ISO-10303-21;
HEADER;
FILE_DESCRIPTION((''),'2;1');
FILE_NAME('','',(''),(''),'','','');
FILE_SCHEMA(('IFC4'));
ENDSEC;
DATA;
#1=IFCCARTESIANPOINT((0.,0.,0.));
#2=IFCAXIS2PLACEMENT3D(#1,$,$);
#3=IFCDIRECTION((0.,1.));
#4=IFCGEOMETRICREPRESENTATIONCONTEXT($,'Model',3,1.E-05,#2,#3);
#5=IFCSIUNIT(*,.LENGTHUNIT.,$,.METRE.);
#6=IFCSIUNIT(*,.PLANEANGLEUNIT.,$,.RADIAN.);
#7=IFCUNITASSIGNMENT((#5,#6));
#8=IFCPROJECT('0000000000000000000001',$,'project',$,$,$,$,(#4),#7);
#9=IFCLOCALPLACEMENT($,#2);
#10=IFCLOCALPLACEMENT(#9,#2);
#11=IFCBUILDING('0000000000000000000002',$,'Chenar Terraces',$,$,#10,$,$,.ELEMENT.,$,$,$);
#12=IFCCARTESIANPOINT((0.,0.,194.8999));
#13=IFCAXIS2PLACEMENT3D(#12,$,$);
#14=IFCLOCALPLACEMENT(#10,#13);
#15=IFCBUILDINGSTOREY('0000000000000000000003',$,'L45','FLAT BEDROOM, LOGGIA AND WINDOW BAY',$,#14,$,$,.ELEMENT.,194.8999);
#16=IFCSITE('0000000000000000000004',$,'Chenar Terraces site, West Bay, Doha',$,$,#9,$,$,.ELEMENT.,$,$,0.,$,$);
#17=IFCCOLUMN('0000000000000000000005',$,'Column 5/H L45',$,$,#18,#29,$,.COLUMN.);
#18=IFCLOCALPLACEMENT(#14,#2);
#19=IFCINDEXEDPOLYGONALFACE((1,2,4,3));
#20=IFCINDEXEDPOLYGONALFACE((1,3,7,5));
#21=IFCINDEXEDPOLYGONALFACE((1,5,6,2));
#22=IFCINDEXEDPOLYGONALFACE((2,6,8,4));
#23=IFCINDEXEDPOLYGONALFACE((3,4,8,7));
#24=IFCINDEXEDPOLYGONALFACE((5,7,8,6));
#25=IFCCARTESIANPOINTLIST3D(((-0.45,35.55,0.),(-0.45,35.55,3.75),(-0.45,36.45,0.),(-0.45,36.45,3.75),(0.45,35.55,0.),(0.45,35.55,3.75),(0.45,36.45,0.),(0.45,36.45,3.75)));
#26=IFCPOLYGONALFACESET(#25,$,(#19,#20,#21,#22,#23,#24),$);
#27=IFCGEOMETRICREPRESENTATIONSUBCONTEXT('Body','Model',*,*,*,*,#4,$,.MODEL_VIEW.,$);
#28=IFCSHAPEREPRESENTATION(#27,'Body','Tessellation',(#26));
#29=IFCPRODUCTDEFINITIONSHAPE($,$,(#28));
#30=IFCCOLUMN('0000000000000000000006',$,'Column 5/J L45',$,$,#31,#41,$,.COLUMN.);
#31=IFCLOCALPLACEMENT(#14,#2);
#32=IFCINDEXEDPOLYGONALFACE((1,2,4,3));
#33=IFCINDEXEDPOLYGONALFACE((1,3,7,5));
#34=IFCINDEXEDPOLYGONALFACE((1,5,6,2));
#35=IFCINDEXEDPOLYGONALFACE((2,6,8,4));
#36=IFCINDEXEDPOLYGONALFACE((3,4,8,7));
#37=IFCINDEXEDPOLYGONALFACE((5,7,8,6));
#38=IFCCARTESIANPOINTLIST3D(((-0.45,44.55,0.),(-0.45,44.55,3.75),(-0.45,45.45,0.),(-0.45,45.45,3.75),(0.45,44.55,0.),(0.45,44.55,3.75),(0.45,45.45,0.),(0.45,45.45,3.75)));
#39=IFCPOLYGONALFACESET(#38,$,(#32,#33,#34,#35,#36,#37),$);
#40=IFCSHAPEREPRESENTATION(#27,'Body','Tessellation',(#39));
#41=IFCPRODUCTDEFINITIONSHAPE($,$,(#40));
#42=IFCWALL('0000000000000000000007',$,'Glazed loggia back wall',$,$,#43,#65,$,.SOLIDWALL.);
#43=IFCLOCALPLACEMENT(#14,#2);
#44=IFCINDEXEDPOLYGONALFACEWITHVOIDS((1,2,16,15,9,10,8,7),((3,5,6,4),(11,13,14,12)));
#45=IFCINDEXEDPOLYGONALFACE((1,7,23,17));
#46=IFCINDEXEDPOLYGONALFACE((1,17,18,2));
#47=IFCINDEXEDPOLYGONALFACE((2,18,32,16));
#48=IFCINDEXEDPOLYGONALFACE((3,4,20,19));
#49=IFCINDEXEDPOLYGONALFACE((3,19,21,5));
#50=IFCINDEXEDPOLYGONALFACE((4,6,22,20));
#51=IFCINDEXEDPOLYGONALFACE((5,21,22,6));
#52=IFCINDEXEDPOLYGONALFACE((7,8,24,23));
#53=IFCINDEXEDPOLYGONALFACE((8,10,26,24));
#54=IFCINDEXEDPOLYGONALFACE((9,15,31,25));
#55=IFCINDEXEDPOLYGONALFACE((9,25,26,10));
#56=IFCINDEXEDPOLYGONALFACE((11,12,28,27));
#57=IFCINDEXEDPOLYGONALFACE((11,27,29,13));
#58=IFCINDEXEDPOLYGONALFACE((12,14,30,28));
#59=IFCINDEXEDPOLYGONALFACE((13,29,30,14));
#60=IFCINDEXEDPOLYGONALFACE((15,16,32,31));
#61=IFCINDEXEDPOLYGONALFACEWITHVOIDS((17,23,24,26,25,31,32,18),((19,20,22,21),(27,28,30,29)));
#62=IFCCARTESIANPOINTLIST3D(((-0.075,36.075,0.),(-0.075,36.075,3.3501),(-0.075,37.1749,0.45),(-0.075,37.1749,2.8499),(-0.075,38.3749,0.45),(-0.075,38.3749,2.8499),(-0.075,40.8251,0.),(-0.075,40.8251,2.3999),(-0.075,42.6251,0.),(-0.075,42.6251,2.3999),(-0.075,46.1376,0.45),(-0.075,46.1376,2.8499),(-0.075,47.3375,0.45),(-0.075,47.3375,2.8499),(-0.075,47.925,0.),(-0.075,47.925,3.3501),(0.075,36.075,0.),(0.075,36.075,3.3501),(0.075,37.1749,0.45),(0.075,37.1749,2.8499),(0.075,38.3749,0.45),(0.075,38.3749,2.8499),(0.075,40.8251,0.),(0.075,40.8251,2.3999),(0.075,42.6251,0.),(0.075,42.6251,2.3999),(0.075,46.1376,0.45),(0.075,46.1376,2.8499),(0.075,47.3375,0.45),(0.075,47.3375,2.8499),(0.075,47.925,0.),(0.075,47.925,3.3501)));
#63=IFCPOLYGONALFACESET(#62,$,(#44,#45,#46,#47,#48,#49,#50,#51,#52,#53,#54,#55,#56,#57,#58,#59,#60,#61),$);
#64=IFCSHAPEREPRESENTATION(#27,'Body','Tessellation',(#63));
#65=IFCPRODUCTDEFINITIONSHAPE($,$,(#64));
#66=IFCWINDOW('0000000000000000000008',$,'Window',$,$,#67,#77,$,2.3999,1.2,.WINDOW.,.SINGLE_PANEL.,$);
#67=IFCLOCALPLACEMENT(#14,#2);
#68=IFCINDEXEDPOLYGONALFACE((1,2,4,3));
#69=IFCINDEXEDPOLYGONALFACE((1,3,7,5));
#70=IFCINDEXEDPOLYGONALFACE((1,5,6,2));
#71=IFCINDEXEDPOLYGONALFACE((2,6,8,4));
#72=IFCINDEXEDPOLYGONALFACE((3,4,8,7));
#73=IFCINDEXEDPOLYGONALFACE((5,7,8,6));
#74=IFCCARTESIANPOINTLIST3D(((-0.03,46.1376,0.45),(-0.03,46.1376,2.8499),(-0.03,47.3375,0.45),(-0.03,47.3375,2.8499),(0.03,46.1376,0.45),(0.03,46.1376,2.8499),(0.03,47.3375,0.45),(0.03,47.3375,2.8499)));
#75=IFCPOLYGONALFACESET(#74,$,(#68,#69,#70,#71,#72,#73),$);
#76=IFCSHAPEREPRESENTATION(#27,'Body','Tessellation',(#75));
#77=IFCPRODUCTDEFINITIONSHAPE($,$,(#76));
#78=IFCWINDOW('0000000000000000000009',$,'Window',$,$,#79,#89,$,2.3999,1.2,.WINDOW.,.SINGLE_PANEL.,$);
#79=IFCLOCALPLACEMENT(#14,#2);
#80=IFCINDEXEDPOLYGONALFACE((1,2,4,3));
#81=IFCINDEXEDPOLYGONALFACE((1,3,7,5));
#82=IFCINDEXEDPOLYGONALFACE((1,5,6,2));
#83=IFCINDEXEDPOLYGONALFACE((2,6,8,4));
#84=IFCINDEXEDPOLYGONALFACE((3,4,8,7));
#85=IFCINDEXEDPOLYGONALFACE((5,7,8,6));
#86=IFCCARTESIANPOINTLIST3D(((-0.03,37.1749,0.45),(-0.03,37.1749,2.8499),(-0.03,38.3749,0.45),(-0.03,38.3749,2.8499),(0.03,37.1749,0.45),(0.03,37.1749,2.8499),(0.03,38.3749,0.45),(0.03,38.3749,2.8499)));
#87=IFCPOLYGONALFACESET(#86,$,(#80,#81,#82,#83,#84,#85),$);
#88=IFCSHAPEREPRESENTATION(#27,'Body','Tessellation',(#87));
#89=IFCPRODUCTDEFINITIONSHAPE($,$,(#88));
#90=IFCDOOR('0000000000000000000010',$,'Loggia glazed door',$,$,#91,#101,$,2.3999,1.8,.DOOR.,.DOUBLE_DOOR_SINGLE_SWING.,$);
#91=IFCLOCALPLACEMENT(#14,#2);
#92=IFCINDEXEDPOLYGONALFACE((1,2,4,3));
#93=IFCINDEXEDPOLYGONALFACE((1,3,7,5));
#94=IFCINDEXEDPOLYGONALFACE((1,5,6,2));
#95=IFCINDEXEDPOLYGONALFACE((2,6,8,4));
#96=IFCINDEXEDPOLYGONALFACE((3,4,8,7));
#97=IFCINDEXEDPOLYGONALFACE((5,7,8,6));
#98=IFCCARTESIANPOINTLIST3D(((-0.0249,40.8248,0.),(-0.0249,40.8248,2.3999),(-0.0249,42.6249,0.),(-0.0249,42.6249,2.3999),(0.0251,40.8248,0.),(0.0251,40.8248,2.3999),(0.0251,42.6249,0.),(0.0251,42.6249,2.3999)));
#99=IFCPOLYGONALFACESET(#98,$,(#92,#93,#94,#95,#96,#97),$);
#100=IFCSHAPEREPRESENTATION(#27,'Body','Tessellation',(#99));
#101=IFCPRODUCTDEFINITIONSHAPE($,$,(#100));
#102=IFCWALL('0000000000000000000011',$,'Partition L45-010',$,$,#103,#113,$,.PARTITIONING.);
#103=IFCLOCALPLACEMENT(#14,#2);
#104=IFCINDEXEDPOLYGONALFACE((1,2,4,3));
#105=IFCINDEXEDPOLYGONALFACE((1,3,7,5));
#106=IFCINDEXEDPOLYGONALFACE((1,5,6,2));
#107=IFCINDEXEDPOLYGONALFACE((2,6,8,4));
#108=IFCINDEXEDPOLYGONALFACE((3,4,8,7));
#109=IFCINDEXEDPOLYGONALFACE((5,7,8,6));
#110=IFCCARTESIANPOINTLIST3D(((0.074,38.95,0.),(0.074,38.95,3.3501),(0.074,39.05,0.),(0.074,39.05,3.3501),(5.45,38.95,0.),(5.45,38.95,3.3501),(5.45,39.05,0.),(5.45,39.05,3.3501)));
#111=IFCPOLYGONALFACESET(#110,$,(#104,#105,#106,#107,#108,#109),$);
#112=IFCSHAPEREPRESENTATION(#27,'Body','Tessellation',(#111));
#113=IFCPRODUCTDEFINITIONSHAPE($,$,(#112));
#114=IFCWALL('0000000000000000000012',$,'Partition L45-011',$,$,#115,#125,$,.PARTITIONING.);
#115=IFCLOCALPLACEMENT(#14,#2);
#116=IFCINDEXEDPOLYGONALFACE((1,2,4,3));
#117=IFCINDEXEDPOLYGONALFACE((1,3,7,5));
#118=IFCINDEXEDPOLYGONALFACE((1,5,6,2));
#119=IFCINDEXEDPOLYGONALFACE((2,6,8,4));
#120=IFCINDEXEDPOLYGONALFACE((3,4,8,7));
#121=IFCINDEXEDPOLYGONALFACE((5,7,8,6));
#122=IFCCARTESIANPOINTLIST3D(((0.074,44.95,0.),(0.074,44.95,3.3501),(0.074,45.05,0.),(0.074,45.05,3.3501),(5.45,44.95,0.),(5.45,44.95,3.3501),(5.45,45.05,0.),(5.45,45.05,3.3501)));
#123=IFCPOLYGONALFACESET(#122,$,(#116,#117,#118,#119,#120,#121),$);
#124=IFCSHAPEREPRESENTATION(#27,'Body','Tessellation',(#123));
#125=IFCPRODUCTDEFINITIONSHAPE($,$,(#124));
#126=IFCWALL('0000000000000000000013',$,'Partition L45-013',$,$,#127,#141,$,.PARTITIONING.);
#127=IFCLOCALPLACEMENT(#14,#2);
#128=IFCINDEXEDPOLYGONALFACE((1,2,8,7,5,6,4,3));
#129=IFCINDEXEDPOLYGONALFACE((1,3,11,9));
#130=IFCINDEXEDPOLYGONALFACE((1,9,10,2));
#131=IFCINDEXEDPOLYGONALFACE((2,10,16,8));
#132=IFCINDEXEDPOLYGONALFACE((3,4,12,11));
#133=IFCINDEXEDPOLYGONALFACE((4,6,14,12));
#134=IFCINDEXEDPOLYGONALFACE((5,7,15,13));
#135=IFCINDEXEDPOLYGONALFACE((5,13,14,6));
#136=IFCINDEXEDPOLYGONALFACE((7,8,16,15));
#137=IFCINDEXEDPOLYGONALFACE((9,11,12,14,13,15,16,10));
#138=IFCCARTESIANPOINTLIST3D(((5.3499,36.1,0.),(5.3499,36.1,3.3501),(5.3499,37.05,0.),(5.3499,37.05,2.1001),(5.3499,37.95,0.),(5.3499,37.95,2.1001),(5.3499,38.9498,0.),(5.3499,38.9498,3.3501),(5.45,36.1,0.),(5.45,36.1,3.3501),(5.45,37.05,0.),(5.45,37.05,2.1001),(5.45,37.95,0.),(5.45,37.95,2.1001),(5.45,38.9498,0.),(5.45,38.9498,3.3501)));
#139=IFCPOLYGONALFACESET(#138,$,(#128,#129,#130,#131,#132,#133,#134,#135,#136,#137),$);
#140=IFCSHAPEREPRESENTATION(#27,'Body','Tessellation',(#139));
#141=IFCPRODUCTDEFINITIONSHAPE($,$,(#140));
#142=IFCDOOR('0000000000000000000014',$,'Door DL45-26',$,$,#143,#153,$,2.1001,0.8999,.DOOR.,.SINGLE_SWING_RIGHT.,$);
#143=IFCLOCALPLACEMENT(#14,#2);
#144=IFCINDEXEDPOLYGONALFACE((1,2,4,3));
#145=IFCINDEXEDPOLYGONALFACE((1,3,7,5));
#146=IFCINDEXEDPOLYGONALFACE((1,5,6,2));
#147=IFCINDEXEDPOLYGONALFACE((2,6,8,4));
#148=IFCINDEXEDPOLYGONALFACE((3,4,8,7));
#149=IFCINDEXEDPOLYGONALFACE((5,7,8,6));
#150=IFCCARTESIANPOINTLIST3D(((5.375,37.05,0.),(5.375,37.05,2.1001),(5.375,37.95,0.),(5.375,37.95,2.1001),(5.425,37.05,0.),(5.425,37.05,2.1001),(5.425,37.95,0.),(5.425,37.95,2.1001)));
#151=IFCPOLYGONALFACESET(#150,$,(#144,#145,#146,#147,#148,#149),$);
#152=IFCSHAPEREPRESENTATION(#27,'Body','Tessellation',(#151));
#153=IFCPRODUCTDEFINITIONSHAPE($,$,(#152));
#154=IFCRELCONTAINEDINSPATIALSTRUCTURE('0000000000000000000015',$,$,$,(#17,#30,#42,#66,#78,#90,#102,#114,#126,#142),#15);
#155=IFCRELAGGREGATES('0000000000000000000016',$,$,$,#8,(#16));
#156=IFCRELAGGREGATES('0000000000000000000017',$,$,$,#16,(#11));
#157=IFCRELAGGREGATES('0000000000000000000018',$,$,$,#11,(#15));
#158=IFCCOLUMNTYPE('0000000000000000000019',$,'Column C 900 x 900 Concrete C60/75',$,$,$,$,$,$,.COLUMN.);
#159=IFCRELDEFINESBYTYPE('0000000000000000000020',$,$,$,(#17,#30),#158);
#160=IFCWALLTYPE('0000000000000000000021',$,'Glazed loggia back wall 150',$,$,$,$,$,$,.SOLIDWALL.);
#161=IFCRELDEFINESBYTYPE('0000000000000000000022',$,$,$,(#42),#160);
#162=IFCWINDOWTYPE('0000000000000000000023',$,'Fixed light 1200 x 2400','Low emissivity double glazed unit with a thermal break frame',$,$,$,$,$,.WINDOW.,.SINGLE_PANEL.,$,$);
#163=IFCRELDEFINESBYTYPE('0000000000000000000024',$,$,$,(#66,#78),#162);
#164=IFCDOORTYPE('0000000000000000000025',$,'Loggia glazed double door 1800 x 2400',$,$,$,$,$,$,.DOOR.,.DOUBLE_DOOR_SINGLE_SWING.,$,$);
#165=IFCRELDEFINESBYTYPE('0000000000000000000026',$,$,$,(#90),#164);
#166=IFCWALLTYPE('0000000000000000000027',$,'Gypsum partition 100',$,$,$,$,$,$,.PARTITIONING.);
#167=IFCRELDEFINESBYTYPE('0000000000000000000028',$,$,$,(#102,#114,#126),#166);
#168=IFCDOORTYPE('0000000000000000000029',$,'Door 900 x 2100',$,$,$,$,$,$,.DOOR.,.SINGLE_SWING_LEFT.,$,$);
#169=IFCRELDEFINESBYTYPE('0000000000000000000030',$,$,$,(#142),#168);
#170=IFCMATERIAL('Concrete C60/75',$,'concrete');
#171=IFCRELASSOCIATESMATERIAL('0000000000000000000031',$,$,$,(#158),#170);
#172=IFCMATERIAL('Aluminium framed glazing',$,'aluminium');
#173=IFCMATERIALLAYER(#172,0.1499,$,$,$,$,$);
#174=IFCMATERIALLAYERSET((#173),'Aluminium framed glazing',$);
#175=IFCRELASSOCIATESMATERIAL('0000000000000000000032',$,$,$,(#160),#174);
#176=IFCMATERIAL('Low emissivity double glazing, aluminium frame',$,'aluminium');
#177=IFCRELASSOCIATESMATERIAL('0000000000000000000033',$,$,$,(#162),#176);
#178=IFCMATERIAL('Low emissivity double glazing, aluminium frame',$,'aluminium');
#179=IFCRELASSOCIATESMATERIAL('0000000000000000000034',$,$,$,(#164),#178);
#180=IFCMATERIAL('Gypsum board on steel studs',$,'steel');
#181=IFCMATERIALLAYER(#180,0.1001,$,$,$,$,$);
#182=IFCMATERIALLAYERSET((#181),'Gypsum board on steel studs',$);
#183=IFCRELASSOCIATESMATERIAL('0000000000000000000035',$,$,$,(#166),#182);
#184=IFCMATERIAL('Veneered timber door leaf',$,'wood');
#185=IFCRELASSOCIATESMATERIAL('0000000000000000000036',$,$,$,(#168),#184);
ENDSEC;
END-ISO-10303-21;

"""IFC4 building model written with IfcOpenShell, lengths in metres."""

from ifc_helpers import new_model, si_unit, direction, frame, frame_2d, origin, origin_2d, place, context, subcontext, project, spatial, rectangle, extrude, material, layer, layer_set, material_profile, profile_set, type_object, element, fill, save


model = new_model("IFC4")

# Units and contexts
model_context = context("Model", 3, precision=1e-05, world=origin(), true_north=direction((0.0, 1.0)))
body_context = subcontext(model_context, "Body", "Model", "MODEL_VIEW")
ifc_project = project(units=[si_unit("LENGTHUNIT", "METRE"), si_unit("PLANEANGLEUNIT", "RADIAN")], contexts=[model_context])

# Site, building, storey
site_placement = place(None, origin())
site = spatial("IfcSite", under=ifc_project, at=site_placement, Name="Chenar Terraces site, West Bay, Doha", CompositionType="ELEMENT", RefElevation=0.0)
building_placement = place(site_placement, origin())
building = spatial("IfcBuilding", under=site, at=building_placement, Name="Chenar Terraces", CompositionType="ELEMENT")
storey_placement = place(building_placement, frame((0.0, 0.0, 194.8999)))
storey = spatial("IfcBuildingStorey", under=building, at=storey_placement, Name="L45", Description="FLAT BEDROOM, LOGGIA AND WINDOW BAY", CompositionType="ELEMENT", Elevation=194.8999)

# Columns
ifc_material_1 = material(Name="Concrete C60/75", Category="concrete")
ifc_material_profile_1 = material_profile(ifc_material_1, rectangle(XDim=0.8999, YDim=0.8999, at=origin_2d()), Name="C 900 x 900")
ifc_profile_set_1 = profile_set([ifc_material_profile_1], Name="Concrete C60/75")
column_type = type_object("IfcColumnType", Name="Column C 900 x 900 Concrete C60/75", PredefinedType="COLUMN", material=ifc_profile_set_1)
placement = place(storey_placement, frame((0.0, 36.0, 0.0), z_axis=(0.0, 0.0, 1.0), x_axis=(1.0, 0.0, 0.0)))
element("IfcColumn", 1, at=placement, inside=storey, type_object=column_type, Name="Column 5/H L45", PredefinedType="COLUMN", context=body_context, shape_type="SweptSolid", body=[
    extrude(rectangle(XDim=0.8999, YDim=0.8999, at=origin_2d()), origin(), (0.0, 0.0, 1.0), 3.75),
])
column_1_placement = place(storey_placement, frame((0.0, 45.0, 0.0), z_axis=(0.0, 0.0, 1.0), x_axis=(1.0, 0.0, 0.0)))
element("IfcColumn", 2, at=column_1_placement, inside=storey, type_object=column_type, Name="Column 5/J L45", PredefinedType="COLUMN", context=body_context, shape_type="SweptSolid", body=[
    extrude(rectangle(XDim=0.8999, YDim=0.8999, at=origin_2d()), origin(), (0.0, 0.0, 1.0), 3.75),
])

# Wall, openings, windows, door
ifc_material_2 = material(Name="Aluminium framed glazing", Category="aluminium")
ifc_layer_1 = layer(ifc_material_2, 0.1499)
ifc_layer_set_1 = layer_set([ifc_layer_1], Name="Aluminium framed glazing")
wall_type_1 = type_object("IfcWallType", Name="Glazed loggia back wall 150", PredefinedType="SOLIDWALL", material=ifc_layer_set_1)
wall_1_placement = place(storey_placement, frame((0.0, 47.925, 0.0), z_axis=(0.0, 0.0, 1.0), x_axis=(0.0, -1.0, 0.0)))
wall_1 = element("IfcWall", 3, at=wall_1_placement, inside=storey, type_object=wall_type_1, Name="Glazed loggia back wall", PredefinedType="SOLIDWALL", context=body_context, shape_type="SweptSolid", body=[
    extrude(rectangle(XDim=11.8501, YDim=0.1499, at=frame_2d((5.925, 0.0))), origin(), (0.0, 0.0, 1.0), 3.3501),
])
opening_1_placement = place(wall_1_placement, frame((0.5874, 0.0, 0.45)))
opening_1 = element("IfcOpeningElement", 4, at=opening_1_placement, cuts=wall_1, PredefinedType="OPENING", context=body_context, shape_type="SweptSolid", body=[
    extrude(rectangle(XDim=1.2, YDim=2.3999, at=frame_2d((0.6001, 1.2))), frame((0.0, 0.085, 0.0), z_axis=(0.0, -1.0, 0.0), x_axis=(1.0, 0.0, 0.0)), (0.0, 0.0, 1.0), 0.1699),
])
opening_2_placement = place(wall_1_placement, frame((5.3, 0.0, 0.0)))
opening_2 = element("IfcOpeningElement", 5, at=opening_2_placement, cuts=wall_1, PredefinedType="OPENING", context=body_context, shape_type="SweptSolid", body=[
    extrude(rectangle(XDim=1.8, YDim=2.3999, at=frame_2d((0.8999, 1.2))), frame((0.0, 0.085, 0.0), z_axis=(0.0, -1.0, 0.0), x_axis=(1.0, 0.0, 0.0)), (0.0, 0.0, 1.0), 0.1699),
])
opening_3_placement = place(wall_1_placement, frame((9.55, 0.0, 0.45)))
opening_3 = element("IfcOpeningElement", 6, at=opening_3_placement, cuts=wall_1, PredefinedType="OPENING", context=body_context, shape_type="SweptSolid", body=[
    extrude(rectangle(XDim=1.2, YDim=2.3999, at=frame_2d((0.6001, 1.2))), frame((0.0, 0.085, 0.0), z_axis=(0.0, -1.0, 0.0), x_axis=(1.0, 0.0, 0.0)), (0.0, 0.0, 1.0), 0.1699),
])
ifc_material_3 = material(Name="Low emissivity double glazing, aluminium frame", Category="aluminium")
window_type = type_object("IfcWindowType", Name="Fixed light 1200 x 2400", Description="Low emissivity double glazed unit with a thermal break frame", PartitioningType="SINGLE_PANEL", PredefinedType="WINDOW", material=ifc_material_3)
window_1_placement = place(opening_1_placement, origin())
window_1 = element("IfcWindow", 7, at=window_1_placement, inside=storey, type_object=window_type, Name="Window", OverallHeight=2.3999, OverallWidth=1.2, PartitioningType="SINGLE_PANEL", PredefinedType="WINDOW", context=body_context, shape_type="SweptSolid", body=[
    extrude(rectangle(XDim=1.2, YDim=2.3999, at=frame_2d((0.6001, 1.2))), frame((0.0, 0.03, 0.0), z_axis=(0.0, -1.0, 0.0), x_axis=(1.0, 0.0, 0.0)), (0.0, 0.0, 1.0), 0.0601),
])
fill(opening_1, window_1)
window_2_placement = place(opening_3_placement, origin())
window_2 = element("IfcWindow", 8, at=window_2_placement, inside=storey, type_object=window_type, Name="Window", OverallHeight=2.3999, OverallWidth=1.2, PartitioningType="SINGLE_PANEL", PredefinedType="WINDOW", context=body_context, shape_type="SweptSolid", body=[
    extrude(rectangle(XDim=1.2, YDim=2.3999, at=frame_2d((0.6001, 1.2))), frame((0.0, 0.03, 0.0), z_axis=(0.0, -1.0, 0.0), x_axis=(1.0, 0.0, 0.0)), (0.0, 0.0, 1.0), 0.0601),
])
fill(opening_3, window_2)
ifc_material_4 = material(Name="Low emissivity double glazing, aluminium frame", Category="aluminium")
door_type_1 = type_object("IfcDoorType", Name="Loggia glazed double door 1800 x 2400", OperationType="DOUBLE_DOOR_SINGLE_SWING", PredefinedType="DOOR", material=ifc_material_4)
door_1_placement = place(opening_2_placement, frame((1.8, 0.0, 0.0), z_axis=(0.0, 0.0, 1.0), x_axis=(-1.0, 0.0, 0.0)))
door_1 = element("IfcDoor", 9, at=door_1_placement, inside=storey, type_object=door_type_1, Name="Loggia glazed door", OperationType="DOUBLE_DOOR_SINGLE_SWING", OverallHeight=2.3999, OverallWidth=1.8, PredefinedType="DOOR", context=body_context, shape_type="SweptSolid", body=[
    extrude(rectangle(XDim=1.8, YDim=2.3999, at=frame_2d((0.8999, 1.2))), frame((0.0, 0.0249, 0.0), z_axis=(0.0, -1.0, 0.0), x_axis=(1.0, 0.0, 0.0)), (0.0, 0.0, 1.0), 0.05),
])
fill(opening_2, door_1)

# Walls
ifc_material_5 = material(Name="Gypsum board on steel studs", Category="steel")
ifc_layer_2 = layer(ifc_material_5, 0.1001)
ifc_layer_set_2 = layer_set([ifc_layer_2], Name="Gypsum board on steel studs")
wall_type_2 = type_object("IfcWallType", Name="Gypsum partition 100", PredefinedType="PARTITIONING", material=ifc_layer_set_2)
for number, where, z_axis, x_axis, name in (
    (10, (0.074, 39.0, 0.0), (0.0, 0.0, 1.0), (1.0, 0.0, 0.0), "Partition L45-010"),
    (11, (0.074, 45.0, 0.0), (0.0, 0.0, 1.0), (1.0, 0.0, 0.0), "Partition L45-011"),
):
    element("IfcWall", number, at=place(storey_placement, frame(where, z_axis=z_axis, x_axis=x_axis)), inside=storey, type_object=wall_type_2, Name=name, PredefinedType="PARTITIONING", context=body_context, shape_type="SweptSolid", body=[
        extrude(rectangle(XDim=5.376, YDim=0.1001, at=frame_2d((2.688, 0.0))), origin(), (0.0, 0.0, 1.0), 3.3501),
    ])

# Wall, opening, door
wall_2_placement = place(storey_placement, frame((5.3999, 36.1001, 0.0), z_axis=(0.0, 0.0, 1.0), x_axis=(0.0, 1.0, 0.0)))
wall_2 = element("IfcWall", 12, at=wall_2_placement, inside=storey, type_object=wall_type_2, Name="Partition L45-013", PredefinedType="PARTITIONING", context=body_context, shape_type="SweptSolid", body=[
    extrude(rectangle(XDim=2.8499, YDim=0.1001, at=frame_2d((1.4248, 0.0))), origin(), (0.0, 0.0, 1.0), 3.3501),
])
opening_4_placement = place(wall_2_placement, frame((0.95, 0.0, 0.0)))
opening_4 = element("IfcOpeningElement", 13, at=opening_4_placement, cuts=wall_2, PredefinedType="OPENING", context=body_context, shape_type="SweptSolid", body=[
    extrude(rectangle(XDim=0.8999, YDim=2.1001, at=frame_2d((0.45, 1.05))), frame((0.0, 0.0601, 0.0), z_axis=(0.0, -1.0, 0.0), x_axis=(1.0, 0.0, 0.0)), (0.0, 0.0, 1.0), 0.1201),
])
ifc_material_6 = material(Name="Veneered timber door leaf", Category="wood")
door_type_2 = type_object("IfcDoorType", Name="Door 900 x 2100", OperationType="SINGLE_SWING_LEFT", PredefinedType="DOOR", material=ifc_material_6)
door_2_placement = place(opening_4_placement, origin())
door_2 = element("IfcDoor", 14, at=door_2_placement, inside=storey, type_object=door_type_2, Name="Door DL45-26", OperationType="SINGLE_SWING_RIGHT", OverallHeight=2.1001, OverallWidth=0.8999, PredefinedType="DOOR", context=body_context, shape_type="SweptSolid", body=[
    extrude(rectangle(XDim=0.8999, YDim=2.1001, at=frame_2d((0.45, 1.05))), frame((0.0, 0.0249, 0.0), z_axis=(0.0, -1.0, 0.0), x_axis=(1.0, 0.0, 0.0)), (0.0, 0.0, 1.0), 0.05),
])
fill(opening_4, door_2)

save(model, "model.ifc")
